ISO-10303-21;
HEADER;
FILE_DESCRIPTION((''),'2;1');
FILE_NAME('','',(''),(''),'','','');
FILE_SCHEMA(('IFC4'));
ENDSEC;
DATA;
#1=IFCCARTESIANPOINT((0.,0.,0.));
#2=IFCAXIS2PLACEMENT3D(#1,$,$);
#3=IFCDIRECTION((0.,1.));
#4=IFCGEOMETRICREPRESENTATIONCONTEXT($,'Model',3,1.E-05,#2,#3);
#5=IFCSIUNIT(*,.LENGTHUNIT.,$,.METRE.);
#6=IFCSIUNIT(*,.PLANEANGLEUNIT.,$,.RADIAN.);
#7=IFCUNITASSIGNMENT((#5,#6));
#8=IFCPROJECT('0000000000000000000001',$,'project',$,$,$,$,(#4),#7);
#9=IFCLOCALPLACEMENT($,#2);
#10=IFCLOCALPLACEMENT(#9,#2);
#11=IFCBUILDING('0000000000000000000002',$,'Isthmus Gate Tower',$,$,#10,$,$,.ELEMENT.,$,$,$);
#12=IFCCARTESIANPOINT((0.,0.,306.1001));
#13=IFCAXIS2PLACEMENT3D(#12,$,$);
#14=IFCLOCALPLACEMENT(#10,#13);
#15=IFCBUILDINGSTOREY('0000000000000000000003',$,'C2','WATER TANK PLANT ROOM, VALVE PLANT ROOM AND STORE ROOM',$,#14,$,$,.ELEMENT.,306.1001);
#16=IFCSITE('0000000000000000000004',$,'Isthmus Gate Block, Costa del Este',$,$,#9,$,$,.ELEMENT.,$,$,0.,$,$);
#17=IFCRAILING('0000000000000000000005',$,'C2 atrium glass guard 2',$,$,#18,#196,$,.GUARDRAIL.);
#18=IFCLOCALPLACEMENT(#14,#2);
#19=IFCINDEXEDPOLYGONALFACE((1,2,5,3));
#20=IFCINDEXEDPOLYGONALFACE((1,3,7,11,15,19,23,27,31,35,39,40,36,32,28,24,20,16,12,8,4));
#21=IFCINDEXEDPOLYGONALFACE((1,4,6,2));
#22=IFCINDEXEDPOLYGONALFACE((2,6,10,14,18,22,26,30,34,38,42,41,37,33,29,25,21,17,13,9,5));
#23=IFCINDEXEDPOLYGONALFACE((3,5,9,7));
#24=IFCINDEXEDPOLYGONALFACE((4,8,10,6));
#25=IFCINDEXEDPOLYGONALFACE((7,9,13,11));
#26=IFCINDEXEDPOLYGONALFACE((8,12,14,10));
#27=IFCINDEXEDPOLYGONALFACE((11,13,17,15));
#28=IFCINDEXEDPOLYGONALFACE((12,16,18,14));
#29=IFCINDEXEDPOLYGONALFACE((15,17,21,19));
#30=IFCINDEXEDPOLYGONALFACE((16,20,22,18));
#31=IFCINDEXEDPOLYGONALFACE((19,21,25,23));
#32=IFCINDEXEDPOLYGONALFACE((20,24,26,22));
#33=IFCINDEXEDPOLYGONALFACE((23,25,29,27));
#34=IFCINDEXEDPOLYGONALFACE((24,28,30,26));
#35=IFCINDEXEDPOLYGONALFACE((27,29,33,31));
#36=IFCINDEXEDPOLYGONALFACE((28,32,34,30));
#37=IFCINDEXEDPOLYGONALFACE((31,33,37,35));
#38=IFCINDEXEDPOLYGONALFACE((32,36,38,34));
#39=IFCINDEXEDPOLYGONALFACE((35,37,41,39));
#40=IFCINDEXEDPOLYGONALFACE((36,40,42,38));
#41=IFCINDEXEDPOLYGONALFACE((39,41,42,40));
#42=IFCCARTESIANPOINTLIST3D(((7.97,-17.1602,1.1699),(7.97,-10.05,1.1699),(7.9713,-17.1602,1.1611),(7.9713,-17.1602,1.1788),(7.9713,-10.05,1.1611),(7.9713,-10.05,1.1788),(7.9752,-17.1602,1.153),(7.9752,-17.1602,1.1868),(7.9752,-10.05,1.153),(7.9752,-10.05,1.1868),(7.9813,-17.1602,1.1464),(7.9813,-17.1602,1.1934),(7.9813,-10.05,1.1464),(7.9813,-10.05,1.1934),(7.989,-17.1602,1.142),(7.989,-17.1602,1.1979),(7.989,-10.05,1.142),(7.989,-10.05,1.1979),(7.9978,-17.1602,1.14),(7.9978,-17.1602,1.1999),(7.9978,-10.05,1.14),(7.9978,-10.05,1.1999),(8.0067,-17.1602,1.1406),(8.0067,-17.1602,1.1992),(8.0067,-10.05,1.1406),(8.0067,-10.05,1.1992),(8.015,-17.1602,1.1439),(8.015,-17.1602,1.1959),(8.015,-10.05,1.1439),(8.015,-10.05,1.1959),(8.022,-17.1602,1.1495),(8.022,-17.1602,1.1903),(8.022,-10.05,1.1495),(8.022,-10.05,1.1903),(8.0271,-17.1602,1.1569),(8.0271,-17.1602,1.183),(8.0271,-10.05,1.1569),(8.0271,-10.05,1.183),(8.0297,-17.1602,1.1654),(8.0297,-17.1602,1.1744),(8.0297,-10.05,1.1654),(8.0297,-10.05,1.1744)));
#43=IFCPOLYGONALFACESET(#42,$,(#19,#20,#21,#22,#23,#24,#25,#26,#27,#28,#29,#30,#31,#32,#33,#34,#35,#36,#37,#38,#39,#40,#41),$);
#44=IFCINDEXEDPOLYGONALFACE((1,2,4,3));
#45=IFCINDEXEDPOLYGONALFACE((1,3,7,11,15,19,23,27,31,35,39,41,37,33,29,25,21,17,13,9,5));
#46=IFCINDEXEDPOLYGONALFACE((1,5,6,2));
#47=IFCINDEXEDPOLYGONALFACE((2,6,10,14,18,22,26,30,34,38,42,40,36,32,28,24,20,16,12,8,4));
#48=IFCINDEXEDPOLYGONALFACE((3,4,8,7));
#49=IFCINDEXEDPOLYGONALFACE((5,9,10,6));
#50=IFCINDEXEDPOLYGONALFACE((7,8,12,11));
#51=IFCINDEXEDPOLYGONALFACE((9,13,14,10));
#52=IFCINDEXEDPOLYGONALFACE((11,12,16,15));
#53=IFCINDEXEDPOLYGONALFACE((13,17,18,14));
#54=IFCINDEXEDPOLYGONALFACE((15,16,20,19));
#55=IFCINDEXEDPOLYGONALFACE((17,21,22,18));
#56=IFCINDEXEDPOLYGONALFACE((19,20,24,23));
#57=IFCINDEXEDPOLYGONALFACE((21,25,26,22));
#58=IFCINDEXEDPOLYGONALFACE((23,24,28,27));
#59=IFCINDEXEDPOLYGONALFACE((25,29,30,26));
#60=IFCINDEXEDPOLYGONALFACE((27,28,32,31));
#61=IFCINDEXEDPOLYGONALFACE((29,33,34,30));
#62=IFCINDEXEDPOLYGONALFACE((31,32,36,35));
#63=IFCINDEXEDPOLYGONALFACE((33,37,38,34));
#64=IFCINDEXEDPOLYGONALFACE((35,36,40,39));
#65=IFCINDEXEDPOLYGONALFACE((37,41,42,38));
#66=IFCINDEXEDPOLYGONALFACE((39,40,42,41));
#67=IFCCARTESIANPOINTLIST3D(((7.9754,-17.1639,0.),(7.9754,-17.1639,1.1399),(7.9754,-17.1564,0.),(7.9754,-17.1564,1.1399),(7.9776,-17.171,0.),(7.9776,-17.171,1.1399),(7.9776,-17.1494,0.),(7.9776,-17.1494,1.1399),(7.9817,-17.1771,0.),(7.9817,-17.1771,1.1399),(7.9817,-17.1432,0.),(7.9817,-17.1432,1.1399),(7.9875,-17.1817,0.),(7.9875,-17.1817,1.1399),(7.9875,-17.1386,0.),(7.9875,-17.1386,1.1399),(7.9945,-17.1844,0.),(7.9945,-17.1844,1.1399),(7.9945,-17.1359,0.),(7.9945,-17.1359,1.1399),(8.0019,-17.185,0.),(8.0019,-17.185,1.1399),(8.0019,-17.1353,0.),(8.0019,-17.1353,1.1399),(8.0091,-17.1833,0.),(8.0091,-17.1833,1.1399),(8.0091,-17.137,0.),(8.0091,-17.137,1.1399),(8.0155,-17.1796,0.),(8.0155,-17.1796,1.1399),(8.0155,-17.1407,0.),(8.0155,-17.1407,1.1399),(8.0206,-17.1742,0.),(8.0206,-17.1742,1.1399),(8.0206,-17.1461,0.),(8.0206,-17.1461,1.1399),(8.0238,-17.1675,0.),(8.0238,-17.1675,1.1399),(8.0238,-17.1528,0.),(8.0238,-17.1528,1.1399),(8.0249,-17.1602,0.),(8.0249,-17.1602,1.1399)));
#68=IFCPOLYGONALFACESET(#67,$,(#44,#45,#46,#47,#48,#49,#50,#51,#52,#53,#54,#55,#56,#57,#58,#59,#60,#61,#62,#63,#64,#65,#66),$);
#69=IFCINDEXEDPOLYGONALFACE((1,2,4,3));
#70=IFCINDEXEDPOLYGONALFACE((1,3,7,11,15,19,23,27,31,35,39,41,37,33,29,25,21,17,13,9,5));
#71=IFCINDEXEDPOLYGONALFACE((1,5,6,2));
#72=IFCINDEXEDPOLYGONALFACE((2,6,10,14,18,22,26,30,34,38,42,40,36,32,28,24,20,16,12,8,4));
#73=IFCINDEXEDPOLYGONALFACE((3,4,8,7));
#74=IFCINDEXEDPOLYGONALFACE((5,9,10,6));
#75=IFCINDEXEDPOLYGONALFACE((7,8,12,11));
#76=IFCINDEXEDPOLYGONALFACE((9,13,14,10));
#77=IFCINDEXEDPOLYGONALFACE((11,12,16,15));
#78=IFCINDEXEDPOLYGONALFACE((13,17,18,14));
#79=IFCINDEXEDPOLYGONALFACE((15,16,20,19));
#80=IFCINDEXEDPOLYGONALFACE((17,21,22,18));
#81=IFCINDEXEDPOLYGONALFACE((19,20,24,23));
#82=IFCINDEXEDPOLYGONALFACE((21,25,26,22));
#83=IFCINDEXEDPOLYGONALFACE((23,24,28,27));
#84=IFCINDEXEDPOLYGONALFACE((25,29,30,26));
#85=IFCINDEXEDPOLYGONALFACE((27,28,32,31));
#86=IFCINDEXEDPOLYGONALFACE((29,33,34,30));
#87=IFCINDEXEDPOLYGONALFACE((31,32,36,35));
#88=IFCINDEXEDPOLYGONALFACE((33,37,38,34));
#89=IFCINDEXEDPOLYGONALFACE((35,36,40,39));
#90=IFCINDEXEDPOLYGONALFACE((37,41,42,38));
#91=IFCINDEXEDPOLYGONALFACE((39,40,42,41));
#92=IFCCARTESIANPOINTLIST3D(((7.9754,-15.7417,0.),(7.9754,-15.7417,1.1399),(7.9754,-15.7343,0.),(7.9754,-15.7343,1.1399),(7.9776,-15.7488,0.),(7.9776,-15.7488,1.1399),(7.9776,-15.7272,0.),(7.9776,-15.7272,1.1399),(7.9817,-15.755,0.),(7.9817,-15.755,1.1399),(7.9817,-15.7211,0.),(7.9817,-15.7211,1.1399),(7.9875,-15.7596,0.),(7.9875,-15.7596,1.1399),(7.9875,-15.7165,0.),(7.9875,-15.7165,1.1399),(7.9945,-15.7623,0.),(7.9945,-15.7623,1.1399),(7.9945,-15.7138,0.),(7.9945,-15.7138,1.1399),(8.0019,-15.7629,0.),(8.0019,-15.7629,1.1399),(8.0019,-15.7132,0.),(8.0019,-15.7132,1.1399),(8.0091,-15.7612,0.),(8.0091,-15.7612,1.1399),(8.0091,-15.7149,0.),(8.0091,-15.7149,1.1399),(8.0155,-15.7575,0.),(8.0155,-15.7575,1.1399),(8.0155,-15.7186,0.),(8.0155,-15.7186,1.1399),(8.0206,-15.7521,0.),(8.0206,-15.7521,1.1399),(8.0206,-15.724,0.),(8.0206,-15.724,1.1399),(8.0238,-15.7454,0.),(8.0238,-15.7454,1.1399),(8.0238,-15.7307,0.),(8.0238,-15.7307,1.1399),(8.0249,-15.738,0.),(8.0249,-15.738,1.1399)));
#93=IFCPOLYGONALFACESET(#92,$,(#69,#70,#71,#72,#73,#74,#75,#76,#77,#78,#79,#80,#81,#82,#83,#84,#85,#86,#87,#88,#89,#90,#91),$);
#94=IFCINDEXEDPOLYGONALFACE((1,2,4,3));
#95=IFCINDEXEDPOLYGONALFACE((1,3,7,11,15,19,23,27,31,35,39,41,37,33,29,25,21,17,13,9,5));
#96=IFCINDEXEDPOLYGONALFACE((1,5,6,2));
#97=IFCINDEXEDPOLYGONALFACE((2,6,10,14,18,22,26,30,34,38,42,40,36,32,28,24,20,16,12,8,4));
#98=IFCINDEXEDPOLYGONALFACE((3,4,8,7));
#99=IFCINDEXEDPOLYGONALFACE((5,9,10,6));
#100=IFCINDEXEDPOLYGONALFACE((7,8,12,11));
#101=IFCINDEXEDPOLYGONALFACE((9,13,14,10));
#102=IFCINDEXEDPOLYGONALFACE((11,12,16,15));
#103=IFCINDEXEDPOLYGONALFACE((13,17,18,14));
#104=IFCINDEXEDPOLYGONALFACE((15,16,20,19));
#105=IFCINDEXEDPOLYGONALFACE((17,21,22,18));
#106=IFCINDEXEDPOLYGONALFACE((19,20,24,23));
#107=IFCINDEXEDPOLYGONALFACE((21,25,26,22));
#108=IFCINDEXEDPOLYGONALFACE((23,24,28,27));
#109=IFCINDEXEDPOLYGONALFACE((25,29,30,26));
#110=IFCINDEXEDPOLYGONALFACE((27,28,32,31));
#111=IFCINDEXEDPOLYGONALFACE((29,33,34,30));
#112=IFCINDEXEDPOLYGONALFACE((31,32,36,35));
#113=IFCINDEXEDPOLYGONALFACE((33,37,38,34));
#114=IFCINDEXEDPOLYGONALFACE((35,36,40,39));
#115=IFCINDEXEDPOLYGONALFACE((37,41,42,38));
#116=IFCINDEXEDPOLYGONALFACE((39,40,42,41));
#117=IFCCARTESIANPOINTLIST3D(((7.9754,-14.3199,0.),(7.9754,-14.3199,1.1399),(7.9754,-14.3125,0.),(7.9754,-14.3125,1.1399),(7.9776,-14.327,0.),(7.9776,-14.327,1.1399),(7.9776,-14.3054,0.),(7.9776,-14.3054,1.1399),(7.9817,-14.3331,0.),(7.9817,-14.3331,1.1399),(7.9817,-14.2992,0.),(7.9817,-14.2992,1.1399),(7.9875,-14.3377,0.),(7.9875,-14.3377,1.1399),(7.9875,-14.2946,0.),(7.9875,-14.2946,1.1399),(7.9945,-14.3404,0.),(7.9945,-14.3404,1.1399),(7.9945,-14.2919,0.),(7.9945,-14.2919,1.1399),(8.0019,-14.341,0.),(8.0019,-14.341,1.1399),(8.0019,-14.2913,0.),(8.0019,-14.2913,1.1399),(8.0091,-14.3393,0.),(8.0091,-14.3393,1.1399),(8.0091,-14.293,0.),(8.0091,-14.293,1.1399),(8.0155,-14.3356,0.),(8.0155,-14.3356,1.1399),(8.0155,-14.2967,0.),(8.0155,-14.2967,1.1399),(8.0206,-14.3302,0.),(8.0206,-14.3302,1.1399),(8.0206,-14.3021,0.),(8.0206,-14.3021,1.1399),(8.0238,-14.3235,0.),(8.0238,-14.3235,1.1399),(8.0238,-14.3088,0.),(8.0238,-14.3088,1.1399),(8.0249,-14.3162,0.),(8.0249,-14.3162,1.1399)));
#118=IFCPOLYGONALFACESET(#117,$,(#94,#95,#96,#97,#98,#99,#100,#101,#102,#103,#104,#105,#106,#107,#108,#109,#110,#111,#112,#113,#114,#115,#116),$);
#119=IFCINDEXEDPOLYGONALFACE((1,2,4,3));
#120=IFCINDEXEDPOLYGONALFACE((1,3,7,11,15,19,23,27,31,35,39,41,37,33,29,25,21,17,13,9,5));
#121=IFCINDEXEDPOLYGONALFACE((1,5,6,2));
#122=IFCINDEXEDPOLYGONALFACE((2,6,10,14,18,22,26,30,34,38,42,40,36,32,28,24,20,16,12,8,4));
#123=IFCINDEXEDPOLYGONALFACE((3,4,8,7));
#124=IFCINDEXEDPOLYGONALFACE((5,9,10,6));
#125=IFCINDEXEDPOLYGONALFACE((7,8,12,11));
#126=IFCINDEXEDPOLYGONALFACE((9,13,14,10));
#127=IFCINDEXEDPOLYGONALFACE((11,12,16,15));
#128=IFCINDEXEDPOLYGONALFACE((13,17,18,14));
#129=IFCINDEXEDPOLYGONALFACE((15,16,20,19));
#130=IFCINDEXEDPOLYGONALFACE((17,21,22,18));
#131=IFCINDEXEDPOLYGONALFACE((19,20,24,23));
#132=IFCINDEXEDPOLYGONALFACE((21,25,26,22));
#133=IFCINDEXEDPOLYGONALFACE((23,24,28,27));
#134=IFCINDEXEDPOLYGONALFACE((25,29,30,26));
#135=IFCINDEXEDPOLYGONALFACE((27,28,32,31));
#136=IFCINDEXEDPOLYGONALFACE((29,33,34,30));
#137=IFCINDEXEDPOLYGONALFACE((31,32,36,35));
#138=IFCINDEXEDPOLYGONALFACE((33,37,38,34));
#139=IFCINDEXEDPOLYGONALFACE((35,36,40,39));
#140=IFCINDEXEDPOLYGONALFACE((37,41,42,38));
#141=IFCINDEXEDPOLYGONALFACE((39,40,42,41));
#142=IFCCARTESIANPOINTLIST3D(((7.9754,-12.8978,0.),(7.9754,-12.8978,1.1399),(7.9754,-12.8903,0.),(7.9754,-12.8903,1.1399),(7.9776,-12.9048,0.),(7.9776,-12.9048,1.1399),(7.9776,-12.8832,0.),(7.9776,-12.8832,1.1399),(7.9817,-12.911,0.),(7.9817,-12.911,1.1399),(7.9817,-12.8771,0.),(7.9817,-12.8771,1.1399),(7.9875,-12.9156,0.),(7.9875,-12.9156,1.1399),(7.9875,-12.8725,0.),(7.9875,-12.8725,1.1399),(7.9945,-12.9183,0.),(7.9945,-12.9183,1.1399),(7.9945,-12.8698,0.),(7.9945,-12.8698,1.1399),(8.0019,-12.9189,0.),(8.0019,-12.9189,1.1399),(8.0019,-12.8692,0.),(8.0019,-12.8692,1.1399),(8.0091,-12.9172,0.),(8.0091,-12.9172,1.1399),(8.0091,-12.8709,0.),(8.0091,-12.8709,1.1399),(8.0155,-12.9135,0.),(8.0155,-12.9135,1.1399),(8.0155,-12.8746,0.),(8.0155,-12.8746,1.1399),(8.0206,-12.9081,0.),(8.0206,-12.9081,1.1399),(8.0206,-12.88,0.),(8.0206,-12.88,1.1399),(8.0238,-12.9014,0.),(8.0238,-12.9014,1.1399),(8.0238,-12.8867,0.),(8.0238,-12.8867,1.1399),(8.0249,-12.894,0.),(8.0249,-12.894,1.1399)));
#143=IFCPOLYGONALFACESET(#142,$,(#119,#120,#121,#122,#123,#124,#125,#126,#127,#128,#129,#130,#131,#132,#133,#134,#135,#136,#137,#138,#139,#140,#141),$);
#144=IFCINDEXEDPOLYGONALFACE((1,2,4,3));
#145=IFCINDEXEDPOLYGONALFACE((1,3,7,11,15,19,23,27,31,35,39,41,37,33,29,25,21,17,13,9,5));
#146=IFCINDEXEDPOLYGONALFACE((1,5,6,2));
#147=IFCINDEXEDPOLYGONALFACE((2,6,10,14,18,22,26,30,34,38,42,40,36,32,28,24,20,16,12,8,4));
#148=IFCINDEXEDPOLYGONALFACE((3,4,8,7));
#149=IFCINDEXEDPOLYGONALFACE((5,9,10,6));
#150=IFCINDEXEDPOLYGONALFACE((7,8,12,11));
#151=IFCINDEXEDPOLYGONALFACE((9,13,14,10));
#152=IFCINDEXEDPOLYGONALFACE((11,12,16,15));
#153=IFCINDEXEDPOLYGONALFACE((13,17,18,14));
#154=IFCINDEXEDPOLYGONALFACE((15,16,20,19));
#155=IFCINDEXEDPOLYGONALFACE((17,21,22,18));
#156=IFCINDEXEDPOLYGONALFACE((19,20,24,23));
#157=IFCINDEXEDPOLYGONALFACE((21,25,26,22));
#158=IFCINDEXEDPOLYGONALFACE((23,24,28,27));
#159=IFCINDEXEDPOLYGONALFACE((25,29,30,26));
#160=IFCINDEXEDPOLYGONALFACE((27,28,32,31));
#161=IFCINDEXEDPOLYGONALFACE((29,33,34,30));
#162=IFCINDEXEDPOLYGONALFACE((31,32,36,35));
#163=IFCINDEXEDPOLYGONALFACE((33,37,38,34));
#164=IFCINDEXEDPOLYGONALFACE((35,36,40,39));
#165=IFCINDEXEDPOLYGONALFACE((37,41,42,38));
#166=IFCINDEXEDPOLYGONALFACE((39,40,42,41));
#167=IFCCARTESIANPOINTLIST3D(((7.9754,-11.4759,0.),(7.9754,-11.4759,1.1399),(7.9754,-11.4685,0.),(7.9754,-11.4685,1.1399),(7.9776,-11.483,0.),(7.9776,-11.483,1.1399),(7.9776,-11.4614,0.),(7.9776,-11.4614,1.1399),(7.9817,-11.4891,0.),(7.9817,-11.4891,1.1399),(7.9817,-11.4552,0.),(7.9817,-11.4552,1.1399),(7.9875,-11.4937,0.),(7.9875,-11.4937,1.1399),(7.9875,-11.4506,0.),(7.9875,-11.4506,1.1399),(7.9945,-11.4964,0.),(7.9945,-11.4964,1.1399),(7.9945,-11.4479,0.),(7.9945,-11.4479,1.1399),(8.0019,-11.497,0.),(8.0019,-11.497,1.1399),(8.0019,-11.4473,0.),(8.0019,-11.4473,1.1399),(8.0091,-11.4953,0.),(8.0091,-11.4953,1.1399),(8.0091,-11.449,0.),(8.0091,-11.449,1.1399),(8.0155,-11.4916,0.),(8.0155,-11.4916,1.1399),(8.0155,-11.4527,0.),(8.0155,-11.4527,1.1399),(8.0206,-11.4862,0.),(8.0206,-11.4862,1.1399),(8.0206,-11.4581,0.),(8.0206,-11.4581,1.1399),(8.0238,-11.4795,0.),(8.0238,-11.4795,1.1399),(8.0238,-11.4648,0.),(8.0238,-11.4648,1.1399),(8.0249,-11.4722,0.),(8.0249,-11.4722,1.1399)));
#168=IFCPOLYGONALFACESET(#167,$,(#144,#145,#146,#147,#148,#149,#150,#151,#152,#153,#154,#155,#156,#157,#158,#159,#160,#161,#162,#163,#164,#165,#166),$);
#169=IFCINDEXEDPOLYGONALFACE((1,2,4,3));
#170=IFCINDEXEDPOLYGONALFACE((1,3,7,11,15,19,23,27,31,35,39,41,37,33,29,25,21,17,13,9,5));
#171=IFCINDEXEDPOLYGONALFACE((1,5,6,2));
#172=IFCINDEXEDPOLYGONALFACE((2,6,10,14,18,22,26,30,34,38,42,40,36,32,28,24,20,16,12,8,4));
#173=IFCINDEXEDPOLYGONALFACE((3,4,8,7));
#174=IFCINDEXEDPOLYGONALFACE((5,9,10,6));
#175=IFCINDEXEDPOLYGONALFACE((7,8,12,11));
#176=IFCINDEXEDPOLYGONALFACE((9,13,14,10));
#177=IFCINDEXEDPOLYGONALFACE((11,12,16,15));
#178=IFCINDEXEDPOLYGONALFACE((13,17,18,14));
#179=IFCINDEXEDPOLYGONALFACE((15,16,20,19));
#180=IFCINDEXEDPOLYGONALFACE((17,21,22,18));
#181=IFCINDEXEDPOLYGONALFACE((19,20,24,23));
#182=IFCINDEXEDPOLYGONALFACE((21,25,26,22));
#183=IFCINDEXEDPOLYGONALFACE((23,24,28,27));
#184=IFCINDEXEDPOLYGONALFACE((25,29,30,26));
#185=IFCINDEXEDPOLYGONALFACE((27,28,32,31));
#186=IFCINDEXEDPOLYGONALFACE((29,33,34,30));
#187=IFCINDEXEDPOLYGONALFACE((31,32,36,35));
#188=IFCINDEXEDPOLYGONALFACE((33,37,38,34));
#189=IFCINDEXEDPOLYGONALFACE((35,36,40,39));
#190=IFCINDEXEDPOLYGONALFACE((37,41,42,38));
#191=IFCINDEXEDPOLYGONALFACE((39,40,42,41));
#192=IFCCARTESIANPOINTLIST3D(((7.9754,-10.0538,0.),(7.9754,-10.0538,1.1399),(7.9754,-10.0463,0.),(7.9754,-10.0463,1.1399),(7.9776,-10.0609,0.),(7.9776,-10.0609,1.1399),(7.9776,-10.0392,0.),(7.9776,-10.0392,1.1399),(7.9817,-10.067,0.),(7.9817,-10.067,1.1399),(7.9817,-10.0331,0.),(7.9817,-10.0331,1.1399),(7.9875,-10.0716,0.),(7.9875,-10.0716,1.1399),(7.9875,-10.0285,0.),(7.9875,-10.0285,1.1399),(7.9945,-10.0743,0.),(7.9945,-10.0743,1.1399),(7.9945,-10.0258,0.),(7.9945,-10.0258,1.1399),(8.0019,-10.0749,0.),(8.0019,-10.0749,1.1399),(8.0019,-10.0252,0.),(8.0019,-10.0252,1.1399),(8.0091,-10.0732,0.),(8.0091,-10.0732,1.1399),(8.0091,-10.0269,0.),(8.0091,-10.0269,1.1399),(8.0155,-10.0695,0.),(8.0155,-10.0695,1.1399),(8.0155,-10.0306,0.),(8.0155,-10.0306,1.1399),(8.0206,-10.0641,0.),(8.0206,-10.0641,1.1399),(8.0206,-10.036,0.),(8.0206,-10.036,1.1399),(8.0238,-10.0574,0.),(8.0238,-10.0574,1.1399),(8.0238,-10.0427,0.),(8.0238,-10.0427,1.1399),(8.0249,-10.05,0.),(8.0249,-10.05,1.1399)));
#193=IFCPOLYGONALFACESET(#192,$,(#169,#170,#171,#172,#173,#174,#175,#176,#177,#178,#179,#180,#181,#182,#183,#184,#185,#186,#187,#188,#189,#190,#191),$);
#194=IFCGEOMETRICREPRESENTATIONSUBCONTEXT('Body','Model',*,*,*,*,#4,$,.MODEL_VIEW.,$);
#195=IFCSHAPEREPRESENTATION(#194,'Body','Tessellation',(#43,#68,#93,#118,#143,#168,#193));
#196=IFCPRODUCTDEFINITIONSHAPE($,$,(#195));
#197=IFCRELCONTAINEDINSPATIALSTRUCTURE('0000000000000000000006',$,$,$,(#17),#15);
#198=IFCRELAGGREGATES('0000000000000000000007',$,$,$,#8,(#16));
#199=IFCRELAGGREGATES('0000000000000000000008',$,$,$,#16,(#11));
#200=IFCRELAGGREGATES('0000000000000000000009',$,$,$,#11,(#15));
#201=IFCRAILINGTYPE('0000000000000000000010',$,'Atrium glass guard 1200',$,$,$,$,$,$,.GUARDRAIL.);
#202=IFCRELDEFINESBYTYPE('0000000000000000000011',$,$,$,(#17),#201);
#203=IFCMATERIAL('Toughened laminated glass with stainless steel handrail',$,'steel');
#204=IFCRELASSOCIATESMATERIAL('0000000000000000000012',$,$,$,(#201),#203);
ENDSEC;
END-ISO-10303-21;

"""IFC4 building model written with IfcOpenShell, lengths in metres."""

from ifc_helpers import new_model, si_unit, direction, frame, origin, origin_2d, place, context, subcontext, project, spatial, circle, extrude, material, type_object, element, save


model = new_model("IFC4")

# Units and contexts
model_context = context("Model", 3, precision=1e-05, world=origin(), true_north=direction((0.0, 1.0)))
body_context = subcontext(model_context, "Body", "Model", "MODEL_VIEW")
ifc_project = project(units=[si_unit("LENGTHUNIT", "METRE"), si_unit("PLANEANGLEUNIT", "RADIAN")], contexts=[model_context])

# Site, building, storey
site_placement = place(None, origin())
site = spatial("IfcSite", under=ifc_project, at=site_placement, Name="Isthmus Gate Block, Costa del Este", CompositionType="ELEMENT", RefElevation=0.0)
building_placement = place(site_placement, origin())
building = spatial("IfcBuilding", under=site, at=building_placement, Name="Isthmus Gate Tower", CompositionType="ELEMENT")
storey_placement = place(building_placement, frame((0.0, 0.0, 306.1001)))
storey = spatial("IfcBuildingStorey", under=building, at=storey_placement, Name="C2", Description="WATER TANK PLANT ROOM, VALVE PLANT ROOM AND STORE ROOM", CompositionType="ELEMENT", Elevation=306.1001)

# Railing
ifc_material_1 = material(Name="Toughened laminated glass with stainless steel handrail", Category="steel")
railing_type = type_object("IfcRailingType", Name="Atrium glass guard 1200", PredefinedType="GUARDRAIL", material=ifc_material_1)
railing_1_placement = place(storey_placement, frame((8.0, -17.1602, 0.0)))
element("IfcRailing", 1, at=railing_1_placement, inside=storey, type_object=railing_type, Name="C2 atrium glass guard 2", PredefinedType="GUARDRAIL", context=body_context, shape_type="SweptSolid", body=[
    extrude(circle(Radius=0.03, at=origin_2d()), frame((0.0, 0.0, 1.1699), z_axis=(0.0, 1.0, 0.0), x_axis=(-1.0, 0.0, 0.0)), (0.0, 0.0, 1.0), 7.1101),
    extrude(circle(Radius=0.0249, at=origin_2d()), origin(), (0.0, 0.0, 1.0), 1.1399),
    extrude(circle(Radius=0.0249, at=origin_2d()), frame((0.0, 1.4221, 0.0)), (0.0, 0.0, 1.0), 1.1399),
    extrude(circle(Radius=0.0249, at=origin_2d()), frame((0.0, 2.844, 0.0)), (0.0, 0.0, 1.0), 1.1399),
    extrude(circle(Radius=0.0249, at=origin_2d()), frame((0.0, 4.2661, 0.0)), (0.0, 0.0, 1.0), 1.1399),
    extrude(circle(Radius=0.0249, at=origin_2d()), frame((0.0, 5.688, 0.0)), (0.0, 0.0, 1.0), 1.1399),
    extrude(circle(Radius=0.0249, at=origin_2d()), frame((0.0, 7.1101, 0.0)), (0.0, 0.0, 1.0), 1.1399),
])

save(model, "model.ifc")
